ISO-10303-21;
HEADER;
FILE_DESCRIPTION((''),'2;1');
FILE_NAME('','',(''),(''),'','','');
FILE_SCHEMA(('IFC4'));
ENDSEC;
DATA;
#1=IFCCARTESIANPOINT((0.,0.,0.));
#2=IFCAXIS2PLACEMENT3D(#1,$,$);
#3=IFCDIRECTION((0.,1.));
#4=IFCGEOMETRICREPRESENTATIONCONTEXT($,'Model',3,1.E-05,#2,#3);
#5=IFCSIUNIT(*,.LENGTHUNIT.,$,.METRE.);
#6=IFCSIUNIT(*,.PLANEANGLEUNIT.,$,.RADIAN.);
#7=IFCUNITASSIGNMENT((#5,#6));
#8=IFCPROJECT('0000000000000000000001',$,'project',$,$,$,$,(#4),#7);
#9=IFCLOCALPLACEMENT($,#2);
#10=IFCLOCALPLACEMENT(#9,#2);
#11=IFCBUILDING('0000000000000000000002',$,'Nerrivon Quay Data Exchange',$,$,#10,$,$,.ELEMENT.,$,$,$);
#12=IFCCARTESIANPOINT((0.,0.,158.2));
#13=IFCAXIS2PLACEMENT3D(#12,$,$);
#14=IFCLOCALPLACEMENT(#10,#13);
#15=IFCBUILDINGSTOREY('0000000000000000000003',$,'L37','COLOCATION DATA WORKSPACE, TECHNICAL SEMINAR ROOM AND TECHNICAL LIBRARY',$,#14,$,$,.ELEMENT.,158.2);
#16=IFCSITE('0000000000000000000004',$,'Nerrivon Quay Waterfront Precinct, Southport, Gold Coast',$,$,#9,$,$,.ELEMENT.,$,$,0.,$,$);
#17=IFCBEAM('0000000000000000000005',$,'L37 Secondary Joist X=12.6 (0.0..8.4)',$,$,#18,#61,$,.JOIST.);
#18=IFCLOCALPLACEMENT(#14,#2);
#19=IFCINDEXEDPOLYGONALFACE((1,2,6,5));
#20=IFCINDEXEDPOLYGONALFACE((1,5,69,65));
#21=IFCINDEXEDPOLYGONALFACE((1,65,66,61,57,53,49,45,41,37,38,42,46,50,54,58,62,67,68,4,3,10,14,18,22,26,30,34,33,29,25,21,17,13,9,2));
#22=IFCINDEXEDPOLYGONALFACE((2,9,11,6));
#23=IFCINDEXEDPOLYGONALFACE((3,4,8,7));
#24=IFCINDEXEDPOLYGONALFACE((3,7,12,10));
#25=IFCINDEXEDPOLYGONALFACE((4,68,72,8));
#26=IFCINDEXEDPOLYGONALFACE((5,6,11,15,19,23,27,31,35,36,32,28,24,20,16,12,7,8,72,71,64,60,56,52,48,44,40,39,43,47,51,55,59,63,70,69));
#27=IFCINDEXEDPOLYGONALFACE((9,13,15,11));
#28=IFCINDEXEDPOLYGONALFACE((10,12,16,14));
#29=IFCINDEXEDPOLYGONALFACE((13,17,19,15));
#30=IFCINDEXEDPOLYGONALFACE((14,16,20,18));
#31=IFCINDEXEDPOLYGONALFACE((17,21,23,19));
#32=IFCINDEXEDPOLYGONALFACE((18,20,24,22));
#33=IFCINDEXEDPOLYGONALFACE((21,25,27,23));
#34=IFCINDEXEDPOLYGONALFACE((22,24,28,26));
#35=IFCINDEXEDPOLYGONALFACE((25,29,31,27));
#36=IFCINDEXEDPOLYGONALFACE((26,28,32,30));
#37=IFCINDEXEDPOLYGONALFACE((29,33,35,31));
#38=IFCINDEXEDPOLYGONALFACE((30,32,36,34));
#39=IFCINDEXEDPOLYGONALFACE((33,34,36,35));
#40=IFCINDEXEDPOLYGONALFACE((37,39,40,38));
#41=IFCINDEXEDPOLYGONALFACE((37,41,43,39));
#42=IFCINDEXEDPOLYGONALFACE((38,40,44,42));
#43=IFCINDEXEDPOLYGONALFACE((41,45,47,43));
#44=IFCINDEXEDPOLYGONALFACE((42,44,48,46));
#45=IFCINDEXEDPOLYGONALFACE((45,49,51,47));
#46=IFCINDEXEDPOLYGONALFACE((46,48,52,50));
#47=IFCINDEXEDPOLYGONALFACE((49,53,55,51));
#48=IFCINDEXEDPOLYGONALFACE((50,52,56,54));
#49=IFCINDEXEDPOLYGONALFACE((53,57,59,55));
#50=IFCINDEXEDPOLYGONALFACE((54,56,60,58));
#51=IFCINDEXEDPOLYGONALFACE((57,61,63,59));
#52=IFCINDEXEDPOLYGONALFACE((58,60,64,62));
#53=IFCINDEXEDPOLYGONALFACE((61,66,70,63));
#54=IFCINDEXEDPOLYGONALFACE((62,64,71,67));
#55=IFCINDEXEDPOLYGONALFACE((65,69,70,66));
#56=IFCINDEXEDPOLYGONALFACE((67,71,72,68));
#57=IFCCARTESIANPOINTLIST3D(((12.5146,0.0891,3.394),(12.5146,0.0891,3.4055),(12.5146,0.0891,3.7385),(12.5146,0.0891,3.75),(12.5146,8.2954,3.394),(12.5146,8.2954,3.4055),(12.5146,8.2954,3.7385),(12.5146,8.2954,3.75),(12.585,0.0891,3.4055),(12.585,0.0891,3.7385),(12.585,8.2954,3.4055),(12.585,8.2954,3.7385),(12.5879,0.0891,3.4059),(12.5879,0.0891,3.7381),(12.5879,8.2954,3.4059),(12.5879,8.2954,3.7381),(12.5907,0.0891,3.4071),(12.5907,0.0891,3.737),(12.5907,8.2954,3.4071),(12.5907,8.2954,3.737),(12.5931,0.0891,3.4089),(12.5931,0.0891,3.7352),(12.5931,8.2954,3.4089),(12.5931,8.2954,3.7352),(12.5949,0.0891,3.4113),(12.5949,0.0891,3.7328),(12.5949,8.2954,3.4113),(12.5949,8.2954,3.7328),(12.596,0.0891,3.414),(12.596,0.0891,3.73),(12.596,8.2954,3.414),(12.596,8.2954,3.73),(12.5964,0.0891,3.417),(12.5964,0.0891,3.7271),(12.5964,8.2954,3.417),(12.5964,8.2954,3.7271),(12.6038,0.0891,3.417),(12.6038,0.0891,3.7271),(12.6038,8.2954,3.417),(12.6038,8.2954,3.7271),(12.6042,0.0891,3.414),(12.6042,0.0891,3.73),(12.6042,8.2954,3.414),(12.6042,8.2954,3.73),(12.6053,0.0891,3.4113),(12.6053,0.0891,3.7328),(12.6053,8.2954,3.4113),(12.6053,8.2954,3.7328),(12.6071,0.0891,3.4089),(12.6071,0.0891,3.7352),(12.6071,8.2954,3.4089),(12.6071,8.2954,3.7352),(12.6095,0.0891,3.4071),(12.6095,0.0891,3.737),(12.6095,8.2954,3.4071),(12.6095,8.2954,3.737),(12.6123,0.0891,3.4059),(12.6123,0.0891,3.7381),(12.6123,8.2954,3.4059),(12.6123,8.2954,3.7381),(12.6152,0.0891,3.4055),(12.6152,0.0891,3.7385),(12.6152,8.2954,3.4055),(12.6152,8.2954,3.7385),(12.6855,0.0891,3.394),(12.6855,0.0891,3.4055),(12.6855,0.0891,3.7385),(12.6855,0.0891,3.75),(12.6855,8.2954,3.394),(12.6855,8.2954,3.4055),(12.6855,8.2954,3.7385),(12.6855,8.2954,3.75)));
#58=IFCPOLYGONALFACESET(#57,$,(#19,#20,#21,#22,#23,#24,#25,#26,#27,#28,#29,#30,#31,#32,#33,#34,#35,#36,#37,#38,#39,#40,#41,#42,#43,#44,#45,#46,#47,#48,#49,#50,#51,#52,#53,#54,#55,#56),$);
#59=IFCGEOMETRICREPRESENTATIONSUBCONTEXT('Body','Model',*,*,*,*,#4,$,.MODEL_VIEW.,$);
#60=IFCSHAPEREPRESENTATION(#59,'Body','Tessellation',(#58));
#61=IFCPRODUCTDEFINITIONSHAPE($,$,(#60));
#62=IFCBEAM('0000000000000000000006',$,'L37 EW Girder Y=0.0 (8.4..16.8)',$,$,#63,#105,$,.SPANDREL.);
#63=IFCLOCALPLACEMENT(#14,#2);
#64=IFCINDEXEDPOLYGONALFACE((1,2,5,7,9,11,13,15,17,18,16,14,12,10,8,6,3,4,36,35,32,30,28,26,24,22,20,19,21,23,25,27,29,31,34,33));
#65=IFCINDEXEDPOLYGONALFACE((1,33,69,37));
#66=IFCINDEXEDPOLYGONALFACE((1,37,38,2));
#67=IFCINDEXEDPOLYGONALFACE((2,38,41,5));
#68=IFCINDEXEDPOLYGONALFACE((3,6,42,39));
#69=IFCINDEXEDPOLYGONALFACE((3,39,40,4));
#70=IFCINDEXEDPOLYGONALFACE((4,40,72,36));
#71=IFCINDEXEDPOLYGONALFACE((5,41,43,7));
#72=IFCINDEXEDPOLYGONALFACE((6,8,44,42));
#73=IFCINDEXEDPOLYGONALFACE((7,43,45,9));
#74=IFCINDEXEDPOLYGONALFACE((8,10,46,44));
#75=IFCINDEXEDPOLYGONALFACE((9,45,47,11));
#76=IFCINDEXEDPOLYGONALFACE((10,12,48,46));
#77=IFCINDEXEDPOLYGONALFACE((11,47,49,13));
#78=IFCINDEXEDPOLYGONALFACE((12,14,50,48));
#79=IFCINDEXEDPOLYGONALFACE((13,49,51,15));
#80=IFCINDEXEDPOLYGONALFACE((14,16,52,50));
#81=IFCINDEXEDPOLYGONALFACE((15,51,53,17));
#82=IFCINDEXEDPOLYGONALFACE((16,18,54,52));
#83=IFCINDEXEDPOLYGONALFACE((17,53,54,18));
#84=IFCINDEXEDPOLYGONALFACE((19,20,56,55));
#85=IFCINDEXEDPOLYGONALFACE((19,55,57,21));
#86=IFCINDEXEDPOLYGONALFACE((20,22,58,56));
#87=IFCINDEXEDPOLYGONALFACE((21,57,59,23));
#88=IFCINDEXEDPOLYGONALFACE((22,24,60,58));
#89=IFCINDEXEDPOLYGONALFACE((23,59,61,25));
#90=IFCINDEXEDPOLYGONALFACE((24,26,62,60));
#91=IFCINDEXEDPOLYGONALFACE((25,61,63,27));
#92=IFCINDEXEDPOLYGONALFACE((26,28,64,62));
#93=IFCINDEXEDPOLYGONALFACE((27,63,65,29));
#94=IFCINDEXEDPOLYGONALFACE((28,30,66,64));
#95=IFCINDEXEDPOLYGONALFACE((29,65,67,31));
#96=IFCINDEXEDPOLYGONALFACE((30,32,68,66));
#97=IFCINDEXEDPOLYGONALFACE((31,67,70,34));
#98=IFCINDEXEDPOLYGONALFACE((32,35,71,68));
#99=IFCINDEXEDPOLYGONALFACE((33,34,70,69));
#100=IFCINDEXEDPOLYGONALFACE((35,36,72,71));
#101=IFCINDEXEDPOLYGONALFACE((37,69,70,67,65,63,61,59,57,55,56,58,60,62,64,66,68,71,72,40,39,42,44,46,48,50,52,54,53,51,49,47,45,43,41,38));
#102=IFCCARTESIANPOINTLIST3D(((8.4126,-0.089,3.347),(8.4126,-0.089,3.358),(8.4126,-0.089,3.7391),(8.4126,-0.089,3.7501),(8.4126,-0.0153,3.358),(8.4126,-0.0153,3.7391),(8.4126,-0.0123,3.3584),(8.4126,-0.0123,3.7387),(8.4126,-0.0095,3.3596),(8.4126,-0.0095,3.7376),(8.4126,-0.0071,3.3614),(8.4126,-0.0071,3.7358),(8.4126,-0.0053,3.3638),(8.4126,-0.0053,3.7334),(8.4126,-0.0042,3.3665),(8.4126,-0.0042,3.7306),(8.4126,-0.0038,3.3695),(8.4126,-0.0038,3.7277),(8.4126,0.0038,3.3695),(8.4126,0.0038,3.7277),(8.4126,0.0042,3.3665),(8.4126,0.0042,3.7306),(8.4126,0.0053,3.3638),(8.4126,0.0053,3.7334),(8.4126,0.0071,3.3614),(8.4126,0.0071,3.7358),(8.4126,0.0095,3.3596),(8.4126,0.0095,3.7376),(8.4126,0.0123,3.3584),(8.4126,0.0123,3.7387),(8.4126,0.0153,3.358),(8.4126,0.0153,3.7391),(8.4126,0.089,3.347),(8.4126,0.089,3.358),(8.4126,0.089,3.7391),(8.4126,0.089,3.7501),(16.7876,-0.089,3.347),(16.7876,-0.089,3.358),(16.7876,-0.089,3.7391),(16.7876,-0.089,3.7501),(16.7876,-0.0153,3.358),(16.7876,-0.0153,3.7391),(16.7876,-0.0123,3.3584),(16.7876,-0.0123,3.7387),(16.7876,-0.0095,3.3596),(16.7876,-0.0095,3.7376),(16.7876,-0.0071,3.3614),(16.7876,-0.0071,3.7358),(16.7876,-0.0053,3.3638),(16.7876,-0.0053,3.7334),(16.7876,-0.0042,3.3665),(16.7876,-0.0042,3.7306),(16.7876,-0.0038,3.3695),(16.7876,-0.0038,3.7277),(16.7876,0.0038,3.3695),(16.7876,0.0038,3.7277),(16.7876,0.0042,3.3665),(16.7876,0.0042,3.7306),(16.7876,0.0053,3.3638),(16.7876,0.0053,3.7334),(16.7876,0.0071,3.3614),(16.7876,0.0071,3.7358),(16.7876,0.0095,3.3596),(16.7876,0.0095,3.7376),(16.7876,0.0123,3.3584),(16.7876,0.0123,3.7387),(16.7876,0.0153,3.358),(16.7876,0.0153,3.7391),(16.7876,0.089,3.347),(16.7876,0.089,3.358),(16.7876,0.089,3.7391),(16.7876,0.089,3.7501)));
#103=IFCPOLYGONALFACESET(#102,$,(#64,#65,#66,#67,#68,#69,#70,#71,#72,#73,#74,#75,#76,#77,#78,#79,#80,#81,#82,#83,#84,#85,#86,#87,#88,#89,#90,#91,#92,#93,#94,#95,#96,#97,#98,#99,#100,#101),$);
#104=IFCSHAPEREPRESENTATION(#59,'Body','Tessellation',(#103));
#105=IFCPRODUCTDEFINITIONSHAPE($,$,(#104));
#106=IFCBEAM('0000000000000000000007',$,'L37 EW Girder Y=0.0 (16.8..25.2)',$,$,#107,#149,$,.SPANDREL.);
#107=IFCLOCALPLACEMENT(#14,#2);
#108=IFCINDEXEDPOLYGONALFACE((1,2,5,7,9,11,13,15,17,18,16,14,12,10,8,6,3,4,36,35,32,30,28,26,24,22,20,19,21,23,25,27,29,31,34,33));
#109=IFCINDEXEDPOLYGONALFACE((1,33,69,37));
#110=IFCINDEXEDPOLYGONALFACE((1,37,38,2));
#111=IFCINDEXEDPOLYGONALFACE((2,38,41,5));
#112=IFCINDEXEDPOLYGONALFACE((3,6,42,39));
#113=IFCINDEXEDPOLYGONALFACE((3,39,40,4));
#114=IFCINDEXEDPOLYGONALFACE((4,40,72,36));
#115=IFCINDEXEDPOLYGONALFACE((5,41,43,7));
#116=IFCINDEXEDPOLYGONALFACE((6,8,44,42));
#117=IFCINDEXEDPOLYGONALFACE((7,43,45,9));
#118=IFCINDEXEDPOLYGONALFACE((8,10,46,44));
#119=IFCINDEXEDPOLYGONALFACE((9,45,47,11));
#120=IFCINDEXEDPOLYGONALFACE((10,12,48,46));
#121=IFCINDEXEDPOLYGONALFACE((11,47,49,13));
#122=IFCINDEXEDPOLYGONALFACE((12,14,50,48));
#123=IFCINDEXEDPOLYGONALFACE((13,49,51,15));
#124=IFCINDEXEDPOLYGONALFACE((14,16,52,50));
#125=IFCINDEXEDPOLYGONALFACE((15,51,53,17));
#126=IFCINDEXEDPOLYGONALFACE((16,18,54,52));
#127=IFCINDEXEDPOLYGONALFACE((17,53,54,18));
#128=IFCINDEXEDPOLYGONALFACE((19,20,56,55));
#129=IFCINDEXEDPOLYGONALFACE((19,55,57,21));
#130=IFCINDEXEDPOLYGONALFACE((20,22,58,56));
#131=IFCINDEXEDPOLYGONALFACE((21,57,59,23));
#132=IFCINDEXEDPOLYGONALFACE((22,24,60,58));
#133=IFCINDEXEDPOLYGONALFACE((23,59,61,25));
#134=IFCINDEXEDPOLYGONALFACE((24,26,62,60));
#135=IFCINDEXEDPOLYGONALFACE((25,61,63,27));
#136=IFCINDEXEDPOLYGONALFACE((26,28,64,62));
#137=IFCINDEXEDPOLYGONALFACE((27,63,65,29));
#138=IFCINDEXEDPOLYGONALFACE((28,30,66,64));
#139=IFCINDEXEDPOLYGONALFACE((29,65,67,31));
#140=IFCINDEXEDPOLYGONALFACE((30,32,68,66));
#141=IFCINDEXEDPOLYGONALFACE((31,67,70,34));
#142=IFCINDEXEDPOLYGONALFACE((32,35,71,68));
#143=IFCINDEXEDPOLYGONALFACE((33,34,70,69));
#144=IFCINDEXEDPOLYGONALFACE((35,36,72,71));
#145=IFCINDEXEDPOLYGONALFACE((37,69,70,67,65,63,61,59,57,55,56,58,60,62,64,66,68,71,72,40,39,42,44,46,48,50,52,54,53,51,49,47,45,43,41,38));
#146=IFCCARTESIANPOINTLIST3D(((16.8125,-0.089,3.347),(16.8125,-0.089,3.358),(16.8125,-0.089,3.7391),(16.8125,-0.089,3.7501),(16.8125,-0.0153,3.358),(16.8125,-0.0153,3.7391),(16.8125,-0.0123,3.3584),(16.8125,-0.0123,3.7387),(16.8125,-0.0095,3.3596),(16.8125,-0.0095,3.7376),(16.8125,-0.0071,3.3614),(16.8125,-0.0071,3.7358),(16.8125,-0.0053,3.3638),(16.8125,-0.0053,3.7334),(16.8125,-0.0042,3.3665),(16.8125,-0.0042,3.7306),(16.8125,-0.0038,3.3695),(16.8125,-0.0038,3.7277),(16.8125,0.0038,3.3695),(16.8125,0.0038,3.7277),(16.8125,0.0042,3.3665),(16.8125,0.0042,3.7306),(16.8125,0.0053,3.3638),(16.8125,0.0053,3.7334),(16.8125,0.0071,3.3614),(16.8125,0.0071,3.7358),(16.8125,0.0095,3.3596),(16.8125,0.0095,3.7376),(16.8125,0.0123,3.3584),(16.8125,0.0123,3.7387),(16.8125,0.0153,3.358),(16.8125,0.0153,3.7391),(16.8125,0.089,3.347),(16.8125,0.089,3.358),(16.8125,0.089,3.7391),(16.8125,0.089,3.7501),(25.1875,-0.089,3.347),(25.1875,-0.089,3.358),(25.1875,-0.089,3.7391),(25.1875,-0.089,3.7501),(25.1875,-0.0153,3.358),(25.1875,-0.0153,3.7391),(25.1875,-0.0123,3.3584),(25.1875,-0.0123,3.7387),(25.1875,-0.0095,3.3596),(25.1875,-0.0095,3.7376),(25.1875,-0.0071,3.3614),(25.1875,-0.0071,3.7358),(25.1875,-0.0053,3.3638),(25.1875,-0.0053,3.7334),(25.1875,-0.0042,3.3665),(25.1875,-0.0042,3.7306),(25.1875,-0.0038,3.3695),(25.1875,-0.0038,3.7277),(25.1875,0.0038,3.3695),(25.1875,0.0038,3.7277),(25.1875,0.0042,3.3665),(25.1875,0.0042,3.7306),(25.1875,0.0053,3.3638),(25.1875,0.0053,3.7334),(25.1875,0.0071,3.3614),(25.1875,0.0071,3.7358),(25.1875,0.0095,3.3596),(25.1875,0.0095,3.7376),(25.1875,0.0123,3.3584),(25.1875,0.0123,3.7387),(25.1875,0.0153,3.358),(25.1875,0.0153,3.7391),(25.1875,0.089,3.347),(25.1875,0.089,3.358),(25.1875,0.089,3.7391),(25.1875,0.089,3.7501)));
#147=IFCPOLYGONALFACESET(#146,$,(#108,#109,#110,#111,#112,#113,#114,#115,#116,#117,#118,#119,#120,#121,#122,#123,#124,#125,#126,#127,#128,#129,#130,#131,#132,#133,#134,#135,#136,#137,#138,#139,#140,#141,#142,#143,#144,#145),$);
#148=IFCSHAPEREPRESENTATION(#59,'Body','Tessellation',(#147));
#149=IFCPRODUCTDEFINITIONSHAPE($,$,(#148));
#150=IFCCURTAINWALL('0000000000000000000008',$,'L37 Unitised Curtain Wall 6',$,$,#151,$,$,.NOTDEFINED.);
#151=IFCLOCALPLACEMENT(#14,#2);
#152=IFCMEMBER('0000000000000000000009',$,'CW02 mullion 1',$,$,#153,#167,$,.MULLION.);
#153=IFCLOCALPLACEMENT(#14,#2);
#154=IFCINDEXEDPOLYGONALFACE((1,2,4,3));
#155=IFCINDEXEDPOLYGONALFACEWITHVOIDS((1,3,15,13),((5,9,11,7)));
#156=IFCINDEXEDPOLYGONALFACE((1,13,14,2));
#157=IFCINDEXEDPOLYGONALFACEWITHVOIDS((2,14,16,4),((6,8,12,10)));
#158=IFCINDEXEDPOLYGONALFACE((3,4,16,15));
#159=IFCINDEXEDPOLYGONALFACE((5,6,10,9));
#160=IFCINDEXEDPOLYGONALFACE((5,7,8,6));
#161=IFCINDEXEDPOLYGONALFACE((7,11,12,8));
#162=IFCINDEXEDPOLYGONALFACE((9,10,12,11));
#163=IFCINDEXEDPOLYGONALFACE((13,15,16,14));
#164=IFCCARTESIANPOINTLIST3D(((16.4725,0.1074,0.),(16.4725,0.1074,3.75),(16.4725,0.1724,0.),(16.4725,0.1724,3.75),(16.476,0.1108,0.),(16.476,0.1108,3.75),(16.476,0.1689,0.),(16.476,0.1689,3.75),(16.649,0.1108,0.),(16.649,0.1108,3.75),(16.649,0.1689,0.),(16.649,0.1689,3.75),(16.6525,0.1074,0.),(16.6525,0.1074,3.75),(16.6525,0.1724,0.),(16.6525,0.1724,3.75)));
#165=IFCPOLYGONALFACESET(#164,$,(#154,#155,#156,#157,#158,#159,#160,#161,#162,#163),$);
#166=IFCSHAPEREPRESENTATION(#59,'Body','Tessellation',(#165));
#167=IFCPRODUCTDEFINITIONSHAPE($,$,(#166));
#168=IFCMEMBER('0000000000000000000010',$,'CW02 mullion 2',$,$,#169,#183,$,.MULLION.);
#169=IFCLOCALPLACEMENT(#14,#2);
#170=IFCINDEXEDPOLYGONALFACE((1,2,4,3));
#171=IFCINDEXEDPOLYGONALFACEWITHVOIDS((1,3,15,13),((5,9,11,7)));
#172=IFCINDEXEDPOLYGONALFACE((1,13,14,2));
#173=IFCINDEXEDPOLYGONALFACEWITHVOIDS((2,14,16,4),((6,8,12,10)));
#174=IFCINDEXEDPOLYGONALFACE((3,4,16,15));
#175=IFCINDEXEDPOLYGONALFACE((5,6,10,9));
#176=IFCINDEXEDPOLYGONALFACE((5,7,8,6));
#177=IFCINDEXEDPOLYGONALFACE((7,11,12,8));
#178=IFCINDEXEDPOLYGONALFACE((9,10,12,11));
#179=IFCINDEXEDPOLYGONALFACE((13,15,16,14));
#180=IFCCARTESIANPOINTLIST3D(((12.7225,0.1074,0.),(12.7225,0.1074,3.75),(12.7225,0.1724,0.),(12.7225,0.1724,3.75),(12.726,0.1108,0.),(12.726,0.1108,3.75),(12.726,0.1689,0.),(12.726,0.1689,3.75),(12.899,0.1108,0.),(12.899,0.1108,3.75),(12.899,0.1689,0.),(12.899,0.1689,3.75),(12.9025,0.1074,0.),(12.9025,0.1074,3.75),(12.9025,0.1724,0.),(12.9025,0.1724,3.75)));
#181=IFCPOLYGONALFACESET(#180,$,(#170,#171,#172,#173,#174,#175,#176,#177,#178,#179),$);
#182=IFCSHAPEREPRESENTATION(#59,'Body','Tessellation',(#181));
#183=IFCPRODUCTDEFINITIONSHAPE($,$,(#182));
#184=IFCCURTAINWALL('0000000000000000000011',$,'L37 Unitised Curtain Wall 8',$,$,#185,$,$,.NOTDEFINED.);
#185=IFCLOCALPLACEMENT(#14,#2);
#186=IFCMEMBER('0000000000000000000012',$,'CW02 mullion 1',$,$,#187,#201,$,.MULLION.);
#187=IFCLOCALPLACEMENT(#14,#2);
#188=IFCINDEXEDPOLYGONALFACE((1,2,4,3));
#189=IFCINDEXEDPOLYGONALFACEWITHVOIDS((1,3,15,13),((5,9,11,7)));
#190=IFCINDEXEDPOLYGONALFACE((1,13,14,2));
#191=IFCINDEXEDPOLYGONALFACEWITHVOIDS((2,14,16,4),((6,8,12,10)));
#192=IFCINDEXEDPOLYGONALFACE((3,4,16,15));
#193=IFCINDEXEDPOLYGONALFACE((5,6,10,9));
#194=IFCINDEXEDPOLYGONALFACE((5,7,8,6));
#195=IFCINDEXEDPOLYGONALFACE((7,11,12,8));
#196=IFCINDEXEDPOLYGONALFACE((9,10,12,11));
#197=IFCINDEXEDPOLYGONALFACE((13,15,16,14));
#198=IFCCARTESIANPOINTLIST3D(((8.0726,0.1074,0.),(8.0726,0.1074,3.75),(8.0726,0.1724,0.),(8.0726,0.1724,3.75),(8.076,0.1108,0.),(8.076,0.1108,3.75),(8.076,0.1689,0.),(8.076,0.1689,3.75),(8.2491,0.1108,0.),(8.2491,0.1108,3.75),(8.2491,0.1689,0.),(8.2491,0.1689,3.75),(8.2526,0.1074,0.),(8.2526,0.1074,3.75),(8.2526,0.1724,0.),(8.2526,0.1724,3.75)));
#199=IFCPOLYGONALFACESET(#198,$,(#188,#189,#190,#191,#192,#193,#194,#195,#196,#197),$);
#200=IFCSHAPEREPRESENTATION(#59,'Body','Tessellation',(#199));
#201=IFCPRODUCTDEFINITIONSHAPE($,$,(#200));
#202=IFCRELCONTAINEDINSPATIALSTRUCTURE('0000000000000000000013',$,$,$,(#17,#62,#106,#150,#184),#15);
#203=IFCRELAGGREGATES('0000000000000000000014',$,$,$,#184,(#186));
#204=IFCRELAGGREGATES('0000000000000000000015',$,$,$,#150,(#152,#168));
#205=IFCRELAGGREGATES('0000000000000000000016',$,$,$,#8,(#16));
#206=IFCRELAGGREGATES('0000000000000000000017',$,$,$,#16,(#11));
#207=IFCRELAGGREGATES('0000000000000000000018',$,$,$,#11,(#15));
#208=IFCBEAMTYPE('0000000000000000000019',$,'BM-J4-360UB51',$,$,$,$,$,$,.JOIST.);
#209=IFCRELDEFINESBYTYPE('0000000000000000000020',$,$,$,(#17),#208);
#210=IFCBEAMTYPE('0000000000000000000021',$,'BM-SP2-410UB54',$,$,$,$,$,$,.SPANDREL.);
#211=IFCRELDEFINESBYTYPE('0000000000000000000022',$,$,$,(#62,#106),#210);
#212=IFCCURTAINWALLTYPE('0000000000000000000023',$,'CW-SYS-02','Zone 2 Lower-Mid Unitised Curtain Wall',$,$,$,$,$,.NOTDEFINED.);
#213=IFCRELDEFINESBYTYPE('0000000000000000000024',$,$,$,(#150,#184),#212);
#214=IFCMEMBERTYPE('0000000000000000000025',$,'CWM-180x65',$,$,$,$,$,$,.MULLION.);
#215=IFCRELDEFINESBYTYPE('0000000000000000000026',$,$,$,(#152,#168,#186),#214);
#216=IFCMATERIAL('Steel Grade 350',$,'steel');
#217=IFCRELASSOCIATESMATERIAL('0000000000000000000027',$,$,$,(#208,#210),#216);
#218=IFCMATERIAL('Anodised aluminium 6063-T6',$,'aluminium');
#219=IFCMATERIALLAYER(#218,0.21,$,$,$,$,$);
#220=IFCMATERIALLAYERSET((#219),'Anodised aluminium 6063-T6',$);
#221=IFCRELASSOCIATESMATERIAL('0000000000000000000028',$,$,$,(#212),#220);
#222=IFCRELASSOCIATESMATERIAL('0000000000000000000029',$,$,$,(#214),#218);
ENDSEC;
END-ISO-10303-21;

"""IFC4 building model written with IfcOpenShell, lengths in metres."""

from ifc_helpers import new_model, si_unit, direction, frame, origin, origin_2d, place, context, subcontext, project, spatial, hollow_rectangle, i_section, extrude, material, layer, layer_set, material_profile, profile_set, type_object, element, aggregate, save


model = new_model("IFC4")

# Units and contexts
model_context = context("Model", 3, precision=1e-05, world=origin(), true_north=direction((0.0, 1.0)))
body_context = subcontext(model_context, "Body", "Model", "MODEL_VIEW")
ifc_project = project(units=[si_unit("LENGTHUNIT", "METRE"), si_unit("PLANEANGLEUNIT", "RADIAN")], contexts=[model_context])

# Site, building, storey
site_placement = place(None, origin())
site = spatial("IfcSite", under=ifc_project, at=site_placement, Name="Nerrivon Quay Waterfront Precinct, Southport, Gold Coast", CompositionType="ELEMENT", RefElevation=0.0)
building_placement = place(site_placement, origin())
building = spatial("IfcBuilding", under=site, at=building_placement, Name="Nerrivon Quay Data Exchange", CompositionType="ELEMENT")
storey_placement = place(building_placement, frame((0.0, 0.0, 158.2)))
storey = spatial("IfcBuildingStorey", under=building, at=storey_placement, Name="L37", Description="COLOCATION DATA WORKSPACE, TECHNICAL SEMINAR ROOM AND TECHNICAL LIBRARY", CompositionType="ELEMENT", Elevation=158.2)

# Shared definitions
ifc_material_1 = material(Name="Steel Grade 350", Category="steel")

# Beams
ifc_material_profile_1 = material_profile(ifc_material_1, i_section(OverallWidth=0.1709, OverallDepth=0.356, WebThickness=0.0073, FlangeThickness=0.0115, FilletRadius=0.0115, at=origin_2d()), Name="360UB50.7")
ifc_profile_set_1 = profile_set([ifc_material_profile_1], Name="Steel Grade 350")
beam_type_1 = type_object("IfcBeamType", Name="BM-J4-360UB51", PredefinedType="JOIST", material=ifc_profile_set_1)
beam_1_placement = place(storey_placement, frame((12.6001, 0.0891, 3.572), z_axis=(0.0, 1.0, 0.0), x_axis=(-1.0, 0.0, 0.0)))
element("IfcBeam", 1, at=beam_1_placement, inside=storey, type_object=beam_type_1, Name="L37 Secondary Joist X=12.6 (0.0..8.4)", PredefinedType="JOIST", context=body_context, shape_type="SweptSolid", body=[
    extrude(i_section(OverallWidth=0.1709, OverallDepth=0.356, WebThickness=0.0073, FlangeThickness=0.0115, FilletRadius=0.0115, at=origin_2d()), origin(), (0.0, 0.0, 1.0), 8.2063),
])
ifc_material_profile_2 = material_profile(ifc_material_1, i_section(OverallWidth=0.178, OverallDepth=0.4031, WebThickness=0.0076, FlangeThickness=0.011, FilletRadius=0.0115, at=origin_2d()), Name="410UB53.7")
ifc_profile_set_2 = profile_set([ifc_material_profile_2], Name="Steel Grade 350")
beam_type_2 = type_object("IfcBeamType", Name="BM-SP2-410UB54", PredefinedType="SPANDREL", material=ifc_profile_set_2)
for number, where, z_axis, x_axis, name in (
    (2, (8.4126, 0.0, 3.5486), (1.0, 0.0, 0.0), (0.0, 1.0, 0.0), "L37 EW Girder Y=0.0 (8.4..16.8)"),
    (3, (16.8125, 0.0, 3.5486), (1.0, 0.0, 0.0), (0.0, 1.0, 0.0), "L37 EW Girder Y=0.0 (16.8..25.2)"),
):
    element("IfcBeam", number, at=place(storey_placement, frame(where, z_axis=z_axis, x_axis=x_axis)), inside=storey, type_object=beam_type_2, Name=name, PredefinedType="SPANDREL", context=body_context, shape_type="SweptSolid", body=[
        extrude(i_section(OverallWidth=0.178, OverallDepth=0.4031, WebThickness=0.0076, FlangeThickness=0.011, FilletRadius=0.0115, at=origin_2d()), origin(), (0.0, 0.0, 1.0), 8.375),
    ])

# Curtain wall, members
ifc_material_2 = material(Name="Anodised aluminium 6063-T6", Category="aluminium")
ifc_layer_1 = layer(ifc_material_2, 0.21)
ifc_layer_set_1 = layer_set([ifc_layer_1], Name="Anodised aluminium 6063-T6")
curtain_wall_type = type_object("IfcCurtainWallType", Name="CW-SYS-02", Description="Zone 2 Lower-Mid Unitised Curtain Wall", PredefinedType="NOTDEFINED", material=ifc_layer_set_1)
curtain_wall_1_placement = place(storey_placement, origin())
curtain_wall_1 = element("IfcCurtainWall", 4, at=curtain_wall_1_placement, inside=storey, type_object=curtain_wall_type, Name="L37 Unitised Curtain Wall 6", PredefinedType="NOTDEFINED")
ifc_material_profile_3 = material_profile(ifc_material_2, hollow_rectangle(XDim=0.0649, YDim=0.1799, WallThickness=0.0034, at=origin_2d()), Name="ALU-MULL-180x65")
ifc_profile_set_3 = profile_set([ifc_material_profile_3], Name="Anodised aluminium 6063-T6")
member_type_1 = type_object("IfcMemberType", Name="CWM-180x65", PredefinedType="MULLION", material=ifc_profile_set_3)
member_1_placement = place(storey_placement, frame((16.5625, 0.1399, 0.0), z_axis=(0.0, 0.0, 1.0), x_axis=(0.0, -1.0, 0.0)))
member_1 = element("IfcMember", 5, at=member_1_placement, type_object=member_type_1, Name="CW02 mullion 1", PredefinedType="MULLION", context=body_context, shape_type="SweptSolid", body=[
    extrude(hollow_rectangle(XDim=0.0649, YDim=0.1799, WallThickness=0.0034, at=origin_2d()), origin(), (0.0, 0.0, 1.0), 3.75),
])
member_2_placement = place(storey_placement, frame((12.8125, 0.1399, 0.0), z_axis=(0.0, 0.0, 1.0), x_axis=(0.0, -1.0, 0.0)))
member_2 = element("IfcMember", 6, at=member_2_placement, type_object=member_type_1, Name="CW02 mullion 2", PredefinedType="MULLION", context=body_context, shape_type="SweptSolid", body=[
    extrude(hollow_rectangle(XDim=0.0649, YDim=0.1799, WallThickness=0.0034, at=origin_2d()), origin(), (0.0, 0.0, 1.0), 3.75),
])

# Curtain wall, member
curtain_wall_2_placement = place(storey_placement, origin())
curtain_wall_2 = element("IfcCurtainWall", 7, at=curtain_wall_2_placement, inside=storey, type_object=curtain_wall_type, Name="L37 Unitised Curtain Wall 8", PredefinedType="NOTDEFINED")
member_3_placement = place(storey_placement, frame((8.1626, 0.1399, 0.0), z_axis=(0.0, 0.0, 1.0), x_axis=(0.0, -1.0, 0.0)))
member_3 = element("IfcMember", 8, at=member_3_placement, type_object=member_type_1, Name="CW02 mullion 1", PredefinedType="MULLION", context=body_context, shape_type="SweptSolid", body=[
    extrude(hollow_rectangle(XDim=0.0649, YDim=0.1799, WallThickness=0.0034, at=origin_2d()), origin(), (0.0, 0.0, 1.0), 3.75),
])
aggregate(curtain_wall_2, [member_3])

aggregate(curtain_wall_1, [member_1, member_2])

save(model, "model.ifc")
